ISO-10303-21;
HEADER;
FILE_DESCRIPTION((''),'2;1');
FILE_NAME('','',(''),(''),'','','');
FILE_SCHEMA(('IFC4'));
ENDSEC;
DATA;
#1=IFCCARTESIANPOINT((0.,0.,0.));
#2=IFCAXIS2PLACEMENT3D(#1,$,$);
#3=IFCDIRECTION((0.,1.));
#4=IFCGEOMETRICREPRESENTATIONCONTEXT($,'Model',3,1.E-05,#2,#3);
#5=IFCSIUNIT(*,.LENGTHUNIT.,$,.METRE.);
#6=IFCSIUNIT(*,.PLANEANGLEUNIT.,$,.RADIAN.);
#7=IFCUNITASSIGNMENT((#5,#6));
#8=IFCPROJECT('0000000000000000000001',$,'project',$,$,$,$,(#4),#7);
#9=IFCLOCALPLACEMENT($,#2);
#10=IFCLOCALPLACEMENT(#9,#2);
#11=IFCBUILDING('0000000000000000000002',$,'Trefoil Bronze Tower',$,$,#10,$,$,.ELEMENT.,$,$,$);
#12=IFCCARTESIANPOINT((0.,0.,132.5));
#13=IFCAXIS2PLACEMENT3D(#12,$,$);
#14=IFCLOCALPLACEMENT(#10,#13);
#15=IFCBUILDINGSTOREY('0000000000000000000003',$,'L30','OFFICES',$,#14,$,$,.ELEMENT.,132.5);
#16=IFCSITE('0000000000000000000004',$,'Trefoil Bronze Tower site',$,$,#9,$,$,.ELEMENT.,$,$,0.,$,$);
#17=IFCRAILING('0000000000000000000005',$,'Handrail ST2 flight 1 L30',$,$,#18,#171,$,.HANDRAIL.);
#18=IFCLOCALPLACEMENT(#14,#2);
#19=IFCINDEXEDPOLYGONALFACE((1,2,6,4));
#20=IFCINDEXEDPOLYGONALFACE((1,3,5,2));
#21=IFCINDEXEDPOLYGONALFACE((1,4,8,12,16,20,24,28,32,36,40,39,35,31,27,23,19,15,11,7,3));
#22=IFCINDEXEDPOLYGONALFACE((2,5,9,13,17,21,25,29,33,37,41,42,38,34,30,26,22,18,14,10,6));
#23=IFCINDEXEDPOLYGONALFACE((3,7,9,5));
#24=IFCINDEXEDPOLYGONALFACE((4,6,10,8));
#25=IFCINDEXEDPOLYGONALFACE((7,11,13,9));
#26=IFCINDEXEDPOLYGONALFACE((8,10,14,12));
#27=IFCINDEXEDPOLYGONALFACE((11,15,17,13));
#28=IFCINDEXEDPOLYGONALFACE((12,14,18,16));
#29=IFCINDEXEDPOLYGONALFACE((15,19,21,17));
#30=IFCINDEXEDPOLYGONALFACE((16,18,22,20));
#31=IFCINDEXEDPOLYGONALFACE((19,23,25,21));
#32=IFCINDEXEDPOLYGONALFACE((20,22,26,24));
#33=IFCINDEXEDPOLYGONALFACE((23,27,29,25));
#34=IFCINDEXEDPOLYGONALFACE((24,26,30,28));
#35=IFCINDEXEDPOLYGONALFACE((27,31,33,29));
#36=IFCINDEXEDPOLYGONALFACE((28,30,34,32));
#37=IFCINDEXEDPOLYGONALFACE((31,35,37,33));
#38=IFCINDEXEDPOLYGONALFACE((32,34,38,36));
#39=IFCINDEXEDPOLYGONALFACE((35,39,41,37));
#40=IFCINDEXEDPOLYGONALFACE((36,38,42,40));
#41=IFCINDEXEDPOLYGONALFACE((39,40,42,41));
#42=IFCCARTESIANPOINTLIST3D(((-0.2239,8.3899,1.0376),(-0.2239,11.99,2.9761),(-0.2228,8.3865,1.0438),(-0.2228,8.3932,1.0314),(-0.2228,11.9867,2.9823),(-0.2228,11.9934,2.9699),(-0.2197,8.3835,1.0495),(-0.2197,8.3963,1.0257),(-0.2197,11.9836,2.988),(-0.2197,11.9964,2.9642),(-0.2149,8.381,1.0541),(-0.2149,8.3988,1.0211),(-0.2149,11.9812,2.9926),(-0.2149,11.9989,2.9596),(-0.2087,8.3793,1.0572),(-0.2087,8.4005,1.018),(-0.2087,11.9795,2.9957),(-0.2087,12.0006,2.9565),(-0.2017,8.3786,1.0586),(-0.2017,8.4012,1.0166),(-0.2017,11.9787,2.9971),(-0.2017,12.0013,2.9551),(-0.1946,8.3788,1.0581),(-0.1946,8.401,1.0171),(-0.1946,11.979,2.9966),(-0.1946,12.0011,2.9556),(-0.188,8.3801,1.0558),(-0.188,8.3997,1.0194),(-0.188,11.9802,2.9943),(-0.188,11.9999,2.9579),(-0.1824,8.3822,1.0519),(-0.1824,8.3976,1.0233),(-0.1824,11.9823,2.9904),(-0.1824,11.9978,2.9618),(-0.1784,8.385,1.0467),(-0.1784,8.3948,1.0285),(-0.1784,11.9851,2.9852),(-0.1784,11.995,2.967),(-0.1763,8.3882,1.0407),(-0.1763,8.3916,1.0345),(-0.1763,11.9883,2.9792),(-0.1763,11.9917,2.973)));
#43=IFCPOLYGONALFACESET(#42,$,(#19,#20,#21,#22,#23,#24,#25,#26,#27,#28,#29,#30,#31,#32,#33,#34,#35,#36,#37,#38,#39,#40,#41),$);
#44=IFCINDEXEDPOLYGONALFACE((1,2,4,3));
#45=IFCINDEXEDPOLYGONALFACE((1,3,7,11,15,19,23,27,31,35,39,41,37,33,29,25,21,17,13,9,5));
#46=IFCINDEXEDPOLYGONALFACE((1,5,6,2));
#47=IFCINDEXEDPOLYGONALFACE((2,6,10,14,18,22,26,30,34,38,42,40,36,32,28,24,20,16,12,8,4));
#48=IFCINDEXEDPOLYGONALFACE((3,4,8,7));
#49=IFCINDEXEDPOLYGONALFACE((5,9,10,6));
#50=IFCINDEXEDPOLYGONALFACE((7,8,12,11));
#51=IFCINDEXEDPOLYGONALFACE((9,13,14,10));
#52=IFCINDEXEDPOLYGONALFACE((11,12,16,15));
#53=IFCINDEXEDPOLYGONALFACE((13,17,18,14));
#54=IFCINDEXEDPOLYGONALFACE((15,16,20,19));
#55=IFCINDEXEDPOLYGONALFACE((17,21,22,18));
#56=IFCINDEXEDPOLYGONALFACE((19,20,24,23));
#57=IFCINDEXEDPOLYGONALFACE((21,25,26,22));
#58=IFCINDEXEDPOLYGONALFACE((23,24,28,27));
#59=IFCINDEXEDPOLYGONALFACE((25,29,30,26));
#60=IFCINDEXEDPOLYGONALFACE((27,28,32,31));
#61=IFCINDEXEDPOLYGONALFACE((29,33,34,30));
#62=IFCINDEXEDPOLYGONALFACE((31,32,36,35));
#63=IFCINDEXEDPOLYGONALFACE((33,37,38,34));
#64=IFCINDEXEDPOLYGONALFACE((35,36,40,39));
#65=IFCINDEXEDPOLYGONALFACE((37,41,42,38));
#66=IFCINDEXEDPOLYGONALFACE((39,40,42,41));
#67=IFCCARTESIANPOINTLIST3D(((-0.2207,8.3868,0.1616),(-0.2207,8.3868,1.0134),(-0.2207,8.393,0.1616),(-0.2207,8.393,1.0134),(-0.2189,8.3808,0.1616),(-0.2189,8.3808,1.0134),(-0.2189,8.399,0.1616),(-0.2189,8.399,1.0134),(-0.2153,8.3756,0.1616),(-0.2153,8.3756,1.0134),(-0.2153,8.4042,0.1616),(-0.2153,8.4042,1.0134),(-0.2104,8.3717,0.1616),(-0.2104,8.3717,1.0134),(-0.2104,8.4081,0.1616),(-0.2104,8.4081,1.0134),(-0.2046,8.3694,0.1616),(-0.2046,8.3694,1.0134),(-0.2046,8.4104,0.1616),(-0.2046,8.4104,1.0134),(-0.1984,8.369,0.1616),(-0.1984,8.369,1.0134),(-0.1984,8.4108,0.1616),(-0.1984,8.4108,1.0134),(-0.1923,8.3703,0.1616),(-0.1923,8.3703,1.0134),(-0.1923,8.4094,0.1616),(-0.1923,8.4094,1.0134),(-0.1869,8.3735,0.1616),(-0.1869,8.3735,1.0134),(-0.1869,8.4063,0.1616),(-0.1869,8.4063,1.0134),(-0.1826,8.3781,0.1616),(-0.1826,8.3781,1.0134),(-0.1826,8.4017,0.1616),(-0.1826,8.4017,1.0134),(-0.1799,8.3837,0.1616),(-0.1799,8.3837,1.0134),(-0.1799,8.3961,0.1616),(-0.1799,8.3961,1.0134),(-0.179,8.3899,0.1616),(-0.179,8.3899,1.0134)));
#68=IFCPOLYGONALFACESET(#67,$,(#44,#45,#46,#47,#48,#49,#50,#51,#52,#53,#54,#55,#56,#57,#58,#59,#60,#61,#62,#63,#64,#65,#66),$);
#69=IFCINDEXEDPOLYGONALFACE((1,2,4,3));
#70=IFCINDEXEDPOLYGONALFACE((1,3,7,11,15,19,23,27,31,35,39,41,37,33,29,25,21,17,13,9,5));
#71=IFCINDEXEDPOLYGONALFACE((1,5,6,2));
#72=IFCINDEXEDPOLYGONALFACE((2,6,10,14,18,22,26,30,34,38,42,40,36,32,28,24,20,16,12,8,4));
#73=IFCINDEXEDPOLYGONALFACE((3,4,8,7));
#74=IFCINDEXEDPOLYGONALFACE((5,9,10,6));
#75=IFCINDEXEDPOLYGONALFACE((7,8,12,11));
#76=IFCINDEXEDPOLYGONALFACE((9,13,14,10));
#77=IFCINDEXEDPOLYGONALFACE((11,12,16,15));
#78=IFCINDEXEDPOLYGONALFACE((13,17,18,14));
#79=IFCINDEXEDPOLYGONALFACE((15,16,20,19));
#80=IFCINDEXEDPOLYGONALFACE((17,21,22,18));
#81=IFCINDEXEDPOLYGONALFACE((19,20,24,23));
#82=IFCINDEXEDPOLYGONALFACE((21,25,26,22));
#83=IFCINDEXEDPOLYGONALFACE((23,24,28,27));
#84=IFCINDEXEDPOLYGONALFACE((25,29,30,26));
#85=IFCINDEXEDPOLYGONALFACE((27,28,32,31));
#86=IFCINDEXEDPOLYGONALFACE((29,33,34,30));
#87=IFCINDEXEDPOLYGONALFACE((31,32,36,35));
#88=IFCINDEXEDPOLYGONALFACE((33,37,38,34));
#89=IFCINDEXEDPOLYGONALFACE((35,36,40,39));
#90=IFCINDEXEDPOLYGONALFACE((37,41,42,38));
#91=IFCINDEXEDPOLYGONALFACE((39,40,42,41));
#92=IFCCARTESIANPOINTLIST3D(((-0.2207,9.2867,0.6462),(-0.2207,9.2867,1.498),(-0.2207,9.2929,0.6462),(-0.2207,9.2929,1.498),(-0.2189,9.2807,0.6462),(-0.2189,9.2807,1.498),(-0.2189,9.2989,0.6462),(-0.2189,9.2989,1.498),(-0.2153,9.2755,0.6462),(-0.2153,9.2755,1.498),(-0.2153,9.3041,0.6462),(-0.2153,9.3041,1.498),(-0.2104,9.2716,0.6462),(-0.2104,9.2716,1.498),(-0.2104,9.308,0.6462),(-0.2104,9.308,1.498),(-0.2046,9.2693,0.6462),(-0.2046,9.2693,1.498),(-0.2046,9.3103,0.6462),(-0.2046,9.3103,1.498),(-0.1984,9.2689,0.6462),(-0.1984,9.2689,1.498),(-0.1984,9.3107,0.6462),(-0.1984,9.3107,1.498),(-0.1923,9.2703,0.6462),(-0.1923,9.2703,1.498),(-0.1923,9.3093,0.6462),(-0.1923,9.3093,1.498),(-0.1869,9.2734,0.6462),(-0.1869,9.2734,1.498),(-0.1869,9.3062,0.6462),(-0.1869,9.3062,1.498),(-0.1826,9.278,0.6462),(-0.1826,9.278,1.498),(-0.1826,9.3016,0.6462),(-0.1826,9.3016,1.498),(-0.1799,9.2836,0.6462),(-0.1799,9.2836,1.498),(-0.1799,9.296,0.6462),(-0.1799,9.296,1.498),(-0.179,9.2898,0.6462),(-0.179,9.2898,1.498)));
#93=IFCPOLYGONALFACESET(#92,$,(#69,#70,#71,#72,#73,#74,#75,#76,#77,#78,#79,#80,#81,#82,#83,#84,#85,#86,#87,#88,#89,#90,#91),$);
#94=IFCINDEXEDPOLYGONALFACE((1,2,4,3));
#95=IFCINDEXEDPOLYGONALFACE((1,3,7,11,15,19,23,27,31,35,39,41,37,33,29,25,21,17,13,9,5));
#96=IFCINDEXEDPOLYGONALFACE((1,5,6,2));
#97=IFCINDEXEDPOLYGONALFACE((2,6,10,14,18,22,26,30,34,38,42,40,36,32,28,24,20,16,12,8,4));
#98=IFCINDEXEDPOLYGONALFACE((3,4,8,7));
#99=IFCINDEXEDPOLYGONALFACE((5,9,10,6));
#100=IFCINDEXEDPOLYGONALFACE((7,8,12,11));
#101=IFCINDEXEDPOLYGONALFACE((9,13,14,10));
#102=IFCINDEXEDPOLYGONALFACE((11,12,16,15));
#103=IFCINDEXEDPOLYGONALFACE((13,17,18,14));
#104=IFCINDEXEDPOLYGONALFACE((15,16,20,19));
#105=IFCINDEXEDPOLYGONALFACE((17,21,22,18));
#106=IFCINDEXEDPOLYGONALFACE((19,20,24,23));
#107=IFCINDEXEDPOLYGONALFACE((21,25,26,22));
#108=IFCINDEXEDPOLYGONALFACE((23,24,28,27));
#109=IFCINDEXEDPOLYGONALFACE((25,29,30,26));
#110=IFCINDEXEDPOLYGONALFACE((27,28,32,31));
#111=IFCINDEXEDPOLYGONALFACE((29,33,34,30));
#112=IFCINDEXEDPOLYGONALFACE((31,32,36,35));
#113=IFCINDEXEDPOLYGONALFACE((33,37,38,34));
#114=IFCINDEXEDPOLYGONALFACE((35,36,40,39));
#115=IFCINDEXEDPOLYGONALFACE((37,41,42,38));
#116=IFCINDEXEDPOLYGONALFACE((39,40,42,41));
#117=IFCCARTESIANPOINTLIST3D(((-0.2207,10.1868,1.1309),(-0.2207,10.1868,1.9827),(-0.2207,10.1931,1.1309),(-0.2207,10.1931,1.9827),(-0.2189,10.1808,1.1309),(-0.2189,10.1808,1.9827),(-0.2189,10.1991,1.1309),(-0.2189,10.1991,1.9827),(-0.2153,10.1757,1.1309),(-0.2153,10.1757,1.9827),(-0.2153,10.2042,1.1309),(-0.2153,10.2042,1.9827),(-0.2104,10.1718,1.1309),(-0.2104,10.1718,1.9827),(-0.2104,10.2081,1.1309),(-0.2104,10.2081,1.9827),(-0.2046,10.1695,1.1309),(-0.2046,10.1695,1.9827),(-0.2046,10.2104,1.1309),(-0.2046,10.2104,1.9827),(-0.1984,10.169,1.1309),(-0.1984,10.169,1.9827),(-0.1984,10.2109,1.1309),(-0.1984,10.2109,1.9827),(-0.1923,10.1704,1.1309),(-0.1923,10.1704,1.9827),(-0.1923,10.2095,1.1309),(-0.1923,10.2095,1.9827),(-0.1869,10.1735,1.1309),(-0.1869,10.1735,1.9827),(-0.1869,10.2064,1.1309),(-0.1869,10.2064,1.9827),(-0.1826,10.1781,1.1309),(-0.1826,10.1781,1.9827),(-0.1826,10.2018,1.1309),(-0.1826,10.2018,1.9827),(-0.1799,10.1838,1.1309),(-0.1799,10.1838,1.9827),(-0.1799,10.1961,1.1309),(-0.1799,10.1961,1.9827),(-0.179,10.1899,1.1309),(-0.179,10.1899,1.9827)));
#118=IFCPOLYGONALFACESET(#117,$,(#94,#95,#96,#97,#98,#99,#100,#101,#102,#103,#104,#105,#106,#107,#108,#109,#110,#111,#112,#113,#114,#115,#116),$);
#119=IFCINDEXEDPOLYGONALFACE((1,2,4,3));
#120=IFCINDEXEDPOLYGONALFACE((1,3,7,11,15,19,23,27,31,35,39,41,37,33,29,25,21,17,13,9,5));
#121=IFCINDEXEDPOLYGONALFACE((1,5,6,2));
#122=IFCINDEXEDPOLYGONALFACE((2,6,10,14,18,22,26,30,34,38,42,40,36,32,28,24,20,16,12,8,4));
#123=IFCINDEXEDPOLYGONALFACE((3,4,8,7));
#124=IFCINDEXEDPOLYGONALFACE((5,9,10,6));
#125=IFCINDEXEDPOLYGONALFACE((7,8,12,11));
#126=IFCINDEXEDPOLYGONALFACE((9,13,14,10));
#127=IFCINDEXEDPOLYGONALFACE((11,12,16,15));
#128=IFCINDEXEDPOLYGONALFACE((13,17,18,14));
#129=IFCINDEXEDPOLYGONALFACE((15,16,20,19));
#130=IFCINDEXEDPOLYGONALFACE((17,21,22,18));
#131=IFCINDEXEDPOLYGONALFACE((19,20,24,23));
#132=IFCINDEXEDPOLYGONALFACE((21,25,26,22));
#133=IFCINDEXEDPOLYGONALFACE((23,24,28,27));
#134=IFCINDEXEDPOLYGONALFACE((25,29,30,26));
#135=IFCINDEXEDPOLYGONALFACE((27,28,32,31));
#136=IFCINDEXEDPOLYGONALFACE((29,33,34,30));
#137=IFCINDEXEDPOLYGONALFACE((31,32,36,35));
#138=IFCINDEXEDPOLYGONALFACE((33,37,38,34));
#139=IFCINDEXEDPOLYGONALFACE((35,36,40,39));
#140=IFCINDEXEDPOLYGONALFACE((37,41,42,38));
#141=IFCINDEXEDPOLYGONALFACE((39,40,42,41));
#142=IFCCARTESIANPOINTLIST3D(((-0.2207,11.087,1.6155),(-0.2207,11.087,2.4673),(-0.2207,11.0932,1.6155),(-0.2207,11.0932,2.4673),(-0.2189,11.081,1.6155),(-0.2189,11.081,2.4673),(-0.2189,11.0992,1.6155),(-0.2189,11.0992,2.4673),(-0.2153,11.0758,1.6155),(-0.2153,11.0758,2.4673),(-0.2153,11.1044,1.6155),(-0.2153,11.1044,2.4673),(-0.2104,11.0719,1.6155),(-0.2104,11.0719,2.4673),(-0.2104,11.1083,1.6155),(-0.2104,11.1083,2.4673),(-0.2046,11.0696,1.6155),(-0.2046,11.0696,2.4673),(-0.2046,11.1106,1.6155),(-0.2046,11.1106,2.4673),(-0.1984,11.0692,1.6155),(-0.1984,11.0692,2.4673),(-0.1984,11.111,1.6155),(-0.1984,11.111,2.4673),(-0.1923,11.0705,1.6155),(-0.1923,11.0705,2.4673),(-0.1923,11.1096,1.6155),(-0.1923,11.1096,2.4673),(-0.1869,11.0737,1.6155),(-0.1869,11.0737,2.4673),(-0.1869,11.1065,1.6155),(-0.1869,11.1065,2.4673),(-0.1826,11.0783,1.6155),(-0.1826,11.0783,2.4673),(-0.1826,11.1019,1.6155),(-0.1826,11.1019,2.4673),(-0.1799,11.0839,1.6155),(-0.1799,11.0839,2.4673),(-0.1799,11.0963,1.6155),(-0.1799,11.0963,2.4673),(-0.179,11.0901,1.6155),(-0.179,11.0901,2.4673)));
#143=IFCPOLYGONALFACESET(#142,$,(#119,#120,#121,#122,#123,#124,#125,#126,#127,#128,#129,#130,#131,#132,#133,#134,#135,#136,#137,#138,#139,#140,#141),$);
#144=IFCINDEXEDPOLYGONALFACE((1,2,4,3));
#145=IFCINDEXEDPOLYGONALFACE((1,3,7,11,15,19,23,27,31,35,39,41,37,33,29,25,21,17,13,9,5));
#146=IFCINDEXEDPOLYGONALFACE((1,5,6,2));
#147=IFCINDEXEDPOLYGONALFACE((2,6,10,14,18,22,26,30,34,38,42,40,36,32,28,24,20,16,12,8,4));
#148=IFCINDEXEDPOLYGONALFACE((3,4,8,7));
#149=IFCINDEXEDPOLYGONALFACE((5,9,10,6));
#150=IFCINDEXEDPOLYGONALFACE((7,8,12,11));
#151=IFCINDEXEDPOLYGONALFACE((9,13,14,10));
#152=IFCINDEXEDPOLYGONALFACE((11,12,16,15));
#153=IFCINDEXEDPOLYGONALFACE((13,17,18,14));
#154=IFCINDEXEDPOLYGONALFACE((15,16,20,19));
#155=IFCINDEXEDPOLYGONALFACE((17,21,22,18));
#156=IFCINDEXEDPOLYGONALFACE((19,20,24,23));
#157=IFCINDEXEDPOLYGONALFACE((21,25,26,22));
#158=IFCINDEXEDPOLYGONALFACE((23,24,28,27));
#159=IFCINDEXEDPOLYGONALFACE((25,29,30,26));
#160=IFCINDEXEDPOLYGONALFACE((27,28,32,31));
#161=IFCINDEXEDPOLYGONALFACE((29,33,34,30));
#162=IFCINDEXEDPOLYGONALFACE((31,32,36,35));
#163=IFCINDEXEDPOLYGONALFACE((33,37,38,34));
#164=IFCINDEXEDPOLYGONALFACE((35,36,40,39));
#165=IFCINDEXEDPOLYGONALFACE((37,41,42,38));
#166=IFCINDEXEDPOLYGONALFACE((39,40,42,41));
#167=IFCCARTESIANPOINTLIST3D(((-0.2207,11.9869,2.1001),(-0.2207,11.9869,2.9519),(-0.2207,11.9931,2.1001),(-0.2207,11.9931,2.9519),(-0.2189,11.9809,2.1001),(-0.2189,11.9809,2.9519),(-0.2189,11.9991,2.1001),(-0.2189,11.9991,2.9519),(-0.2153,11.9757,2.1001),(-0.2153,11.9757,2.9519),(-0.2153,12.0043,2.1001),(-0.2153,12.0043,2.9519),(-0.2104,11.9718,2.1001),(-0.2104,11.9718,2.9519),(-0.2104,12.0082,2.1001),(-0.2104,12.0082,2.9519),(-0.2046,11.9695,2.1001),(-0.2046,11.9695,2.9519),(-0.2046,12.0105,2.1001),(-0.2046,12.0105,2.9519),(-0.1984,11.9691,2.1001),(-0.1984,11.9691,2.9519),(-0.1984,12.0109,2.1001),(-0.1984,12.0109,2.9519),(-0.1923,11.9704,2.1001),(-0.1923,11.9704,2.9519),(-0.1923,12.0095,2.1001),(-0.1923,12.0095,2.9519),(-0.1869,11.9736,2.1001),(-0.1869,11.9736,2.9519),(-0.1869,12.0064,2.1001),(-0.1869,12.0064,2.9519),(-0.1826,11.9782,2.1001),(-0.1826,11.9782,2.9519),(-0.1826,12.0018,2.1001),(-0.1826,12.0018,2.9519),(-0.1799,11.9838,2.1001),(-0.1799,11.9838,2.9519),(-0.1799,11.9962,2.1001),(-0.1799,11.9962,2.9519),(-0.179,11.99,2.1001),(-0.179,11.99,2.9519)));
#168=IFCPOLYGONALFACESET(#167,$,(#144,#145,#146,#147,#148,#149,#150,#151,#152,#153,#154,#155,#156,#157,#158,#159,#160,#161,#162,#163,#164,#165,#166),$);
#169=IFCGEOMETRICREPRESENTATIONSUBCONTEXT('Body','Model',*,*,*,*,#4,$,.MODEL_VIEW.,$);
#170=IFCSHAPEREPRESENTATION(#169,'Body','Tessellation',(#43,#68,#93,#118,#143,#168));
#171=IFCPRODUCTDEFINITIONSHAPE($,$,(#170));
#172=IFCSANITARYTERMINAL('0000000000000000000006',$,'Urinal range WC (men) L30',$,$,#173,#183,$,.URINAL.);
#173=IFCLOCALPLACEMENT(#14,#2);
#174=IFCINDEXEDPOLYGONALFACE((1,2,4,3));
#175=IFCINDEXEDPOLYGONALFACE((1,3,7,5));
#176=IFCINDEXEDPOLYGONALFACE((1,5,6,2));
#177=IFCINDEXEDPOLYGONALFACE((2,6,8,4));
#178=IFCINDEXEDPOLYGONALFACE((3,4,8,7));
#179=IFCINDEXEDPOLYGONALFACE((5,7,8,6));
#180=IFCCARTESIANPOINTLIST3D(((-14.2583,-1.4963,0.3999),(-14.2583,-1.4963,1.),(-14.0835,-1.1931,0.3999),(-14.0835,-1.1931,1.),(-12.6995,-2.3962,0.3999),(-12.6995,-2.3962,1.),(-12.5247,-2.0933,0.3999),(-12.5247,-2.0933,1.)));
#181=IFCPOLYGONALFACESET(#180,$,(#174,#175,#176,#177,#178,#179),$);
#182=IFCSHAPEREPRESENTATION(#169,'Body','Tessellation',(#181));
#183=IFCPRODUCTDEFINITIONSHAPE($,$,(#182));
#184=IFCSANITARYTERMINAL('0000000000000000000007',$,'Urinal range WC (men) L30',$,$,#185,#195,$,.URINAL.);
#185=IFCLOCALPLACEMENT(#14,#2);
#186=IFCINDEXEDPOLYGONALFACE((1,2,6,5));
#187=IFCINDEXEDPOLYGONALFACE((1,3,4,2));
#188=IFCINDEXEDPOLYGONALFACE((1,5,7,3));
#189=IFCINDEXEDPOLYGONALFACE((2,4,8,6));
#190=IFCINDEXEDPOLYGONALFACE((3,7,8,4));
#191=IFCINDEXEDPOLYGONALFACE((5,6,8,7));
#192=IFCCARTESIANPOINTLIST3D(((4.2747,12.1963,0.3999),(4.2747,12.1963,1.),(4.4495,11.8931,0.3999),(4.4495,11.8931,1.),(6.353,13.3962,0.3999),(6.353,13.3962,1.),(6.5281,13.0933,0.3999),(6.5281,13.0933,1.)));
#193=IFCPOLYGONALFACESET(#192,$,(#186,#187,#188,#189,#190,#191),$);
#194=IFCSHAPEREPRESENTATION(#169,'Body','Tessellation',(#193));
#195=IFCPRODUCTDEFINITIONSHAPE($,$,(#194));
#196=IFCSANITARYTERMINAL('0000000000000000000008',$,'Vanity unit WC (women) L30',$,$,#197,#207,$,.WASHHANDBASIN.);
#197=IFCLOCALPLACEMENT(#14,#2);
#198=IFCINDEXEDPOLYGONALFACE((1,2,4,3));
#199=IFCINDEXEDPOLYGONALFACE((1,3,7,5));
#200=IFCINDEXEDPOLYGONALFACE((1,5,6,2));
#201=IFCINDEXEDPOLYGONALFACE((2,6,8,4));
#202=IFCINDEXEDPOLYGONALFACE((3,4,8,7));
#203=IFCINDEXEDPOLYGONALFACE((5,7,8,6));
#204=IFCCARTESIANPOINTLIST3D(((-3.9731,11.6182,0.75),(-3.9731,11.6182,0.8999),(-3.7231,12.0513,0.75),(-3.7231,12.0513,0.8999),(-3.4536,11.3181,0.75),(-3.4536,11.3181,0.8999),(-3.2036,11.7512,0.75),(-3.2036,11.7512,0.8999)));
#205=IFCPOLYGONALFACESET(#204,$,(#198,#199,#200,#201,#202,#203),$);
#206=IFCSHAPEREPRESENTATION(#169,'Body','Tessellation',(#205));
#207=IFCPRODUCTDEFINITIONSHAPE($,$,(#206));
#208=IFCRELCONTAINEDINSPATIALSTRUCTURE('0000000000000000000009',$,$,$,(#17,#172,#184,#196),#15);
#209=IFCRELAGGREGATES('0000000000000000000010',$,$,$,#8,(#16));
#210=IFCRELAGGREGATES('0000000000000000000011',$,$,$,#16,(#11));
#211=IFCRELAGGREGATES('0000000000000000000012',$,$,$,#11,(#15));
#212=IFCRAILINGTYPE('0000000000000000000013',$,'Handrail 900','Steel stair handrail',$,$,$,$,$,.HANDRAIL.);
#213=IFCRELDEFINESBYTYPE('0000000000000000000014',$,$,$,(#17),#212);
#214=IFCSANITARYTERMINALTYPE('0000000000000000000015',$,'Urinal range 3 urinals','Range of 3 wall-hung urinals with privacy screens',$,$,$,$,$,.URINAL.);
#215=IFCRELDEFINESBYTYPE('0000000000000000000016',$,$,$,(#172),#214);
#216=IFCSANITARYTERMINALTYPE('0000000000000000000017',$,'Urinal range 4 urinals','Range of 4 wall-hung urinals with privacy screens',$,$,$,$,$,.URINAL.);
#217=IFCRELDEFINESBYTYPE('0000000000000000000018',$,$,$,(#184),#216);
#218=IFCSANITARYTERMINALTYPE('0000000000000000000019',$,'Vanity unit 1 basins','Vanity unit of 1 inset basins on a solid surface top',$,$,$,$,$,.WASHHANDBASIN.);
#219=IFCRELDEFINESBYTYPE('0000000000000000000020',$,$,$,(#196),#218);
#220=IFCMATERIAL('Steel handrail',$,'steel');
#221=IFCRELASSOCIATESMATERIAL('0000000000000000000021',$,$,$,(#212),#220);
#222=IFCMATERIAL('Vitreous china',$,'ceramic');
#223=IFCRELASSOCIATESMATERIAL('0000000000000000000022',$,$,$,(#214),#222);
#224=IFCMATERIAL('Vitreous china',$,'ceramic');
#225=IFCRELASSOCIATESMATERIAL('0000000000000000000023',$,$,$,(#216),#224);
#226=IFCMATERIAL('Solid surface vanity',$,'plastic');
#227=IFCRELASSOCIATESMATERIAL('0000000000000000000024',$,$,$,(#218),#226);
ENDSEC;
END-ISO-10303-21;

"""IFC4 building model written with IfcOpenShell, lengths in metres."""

from ifc_helpers import new_model, si_unit, direction, frame, origin, origin_2d, place, context, subcontext, project, spatial, polyline, circle, outline, extrude, material, type_object, element, save


model = new_model("IFC4")

# Units and contexts
model_context = context("Model", 3, precision=1e-05, world=origin(), true_north=direction((0.0, 1.0)))
body_context = subcontext(model_context, "Body", "Model", "MODEL_VIEW")
ifc_project = project(units=[si_unit("LENGTHUNIT", "METRE"), si_unit("PLANEANGLEUNIT", "RADIAN")], contexts=[model_context])

# Site, building, storey
site_placement = place(None, origin())
site = spatial("IfcSite", under=ifc_project, at=site_placement, Name="Trefoil Bronze Tower site", CompositionType="ELEMENT", RefElevation=0.0)
building_placement = place(site_placement, origin())
building = spatial("IfcBuilding", under=site, at=building_placement, Name="Trefoil Bronze Tower", CompositionType="ELEMENT")
storey_placement = place(building_placement, frame((0.0, 0.0, 132.5)))
storey = spatial("IfcBuildingStorey", under=building, at=storey_placement, Name="L30", Description="OFFICES", CompositionType="ELEMENT", Elevation=132.5)

# Railing
ifc_material_1 = material(Name="Steel handrail", Category="steel")
railing_type = type_object("IfcRailingType", Name="Handrail 900", Description="Steel stair handrail", PredefinedType="HANDRAIL", material=ifc_material_1)
railing_placement = place(storey_placement, frame((-0.2, 8.3899, 0.1616)))
element("IfcRailing", 1, at=railing_placement, inside=storey, type_object=railing_type, Name="Handrail ST2 flight 1 L30", PredefinedType="HANDRAIL", context=body_context, shape_type="SweptSolid", body=[
    extrude(circle(Radius=0.0239, at=origin_2d()), frame((0.0, 0.0, 0.876), z_axis=(0.0, 0.880475, 0.474093), x_axis=(-1.0, 0.0, 0.0)), (0.0, 0.0, 1.0), 4.0889),
    extrude(circle(Radius=0.021, at=origin_2d()), origin(), (0.0, 0.0, 1.0), 0.8518),
    extrude(circle(Radius=0.021, at=origin_2d()), frame((0.0, 0.8999, 0.4846)), (0.0, 0.0, 1.0), 0.8518),
    extrude(circle(Radius=0.021, at=origin_2d()), frame((0.0, 1.8, 0.9692)), (0.0, 0.0, 1.0), 0.8518),
    extrude(circle(Radius=0.021, at=origin_2d()), frame((0.0, 2.7002, 1.4539)), (0.0, 0.0, 1.0), 0.8518),
    extrude(circle(Radius=0.021, at=origin_2d()), frame((0.0, 3.6001, 1.9385)), (0.0, 0.0, 1.0), 0.8518),
])

# Sanitary terminals
ifc_material_2 = material(Name="Vitreous china", Category="ceramic")
sanitary_terminal_type_1 = type_object("IfcSanitaryTerminalType", Name="Urinal range 3 urinals", Description="Range of 3 wall-hung urinals with privacy screens", PredefinedType="URINAL", material=ifc_material_2)
sanitary_terminal_1_placement = place(storey_placement, frame((0.0, 0.0, 0.3999)))
element("IfcSanitaryTerminal", 2, at=sanitary_terminal_1_placement, inside=storey, type_object=sanitary_terminal_type_1, Name="Urinal range WC (men) L30", PredefinedType="URINAL", context=body_context, shape_type="SweptSolid", body=[
    extrude(outline(polyline([(-12.5247, -2.0933), (-12.6995, -2.3962), (-14.2583, -1.4963), (-14.0835, -1.1931), (-12.5247, -2.0933)])), origin(), (0.0, 0.0, 1.0), 0.6001),
])
ifc_material_3 = material(Name="Vitreous china", Category="ceramic")
sanitary_terminal_type_2 = type_object("IfcSanitaryTerminalType", Name="Urinal range 4 urinals", Description="Range of 4 wall-hung urinals with privacy screens", PredefinedType="URINAL", material=ifc_material_3)
sanitary_terminal_2_placement = place(storey_placement, frame((0.0, 0.0, 0.3999)))
element("IfcSanitaryTerminal", 3, at=sanitary_terminal_2_placement, inside=storey, type_object=sanitary_terminal_type_2, Name="Urinal range WC (men) L30", PredefinedType="URINAL", context=body_context, shape_type="SweptSolid", body=[
    extrude(outline(polyline([(4.4495, 11.8931), (4.2747, 12.1963), (6.353, 13.3962), (6.5281, 13.0933), (4.4495, 11.8931)])), origin(), (0.0, 0.0, 1.0), 0.6001),
])
ifc_material_4 = material(Name="Solid surface vanity", Category="plastic")
sanitary_terminal_type_3 = type_object("IfcSanitaryTerminalType", Name="Vanity unit 1 basins", Description="Vanity unit of 1 inset basins on a solid surface top", PredefinedType="WASHHANDBASIN", material=ifc_material_4)
sanitary_terminal_3_placement = place(storey_placement, frame((0.0, 0.0, 0.75)))
element("IfcSanitaryTerminal", 4, at=sanitary_terminal_3_placement, inside=storey, type_object=sanitary_terminal_type_3, Name="Vanity unit WC (women) L30", PredefinedType="WASHHANDBASIN", context=body_context, shape_type="SweptSolid", body=[
    extrude(outline(polyline([(-3.4536, 11.3181), (-3.2036, 11.7512), (-3.7231, 12.0513), (-3.9731, 11.6182), (-3.4536, 11.3181)])), origin(), (0.0, 0.0, 1.0), 0.1499),
])

save(model, "model.ifc")
